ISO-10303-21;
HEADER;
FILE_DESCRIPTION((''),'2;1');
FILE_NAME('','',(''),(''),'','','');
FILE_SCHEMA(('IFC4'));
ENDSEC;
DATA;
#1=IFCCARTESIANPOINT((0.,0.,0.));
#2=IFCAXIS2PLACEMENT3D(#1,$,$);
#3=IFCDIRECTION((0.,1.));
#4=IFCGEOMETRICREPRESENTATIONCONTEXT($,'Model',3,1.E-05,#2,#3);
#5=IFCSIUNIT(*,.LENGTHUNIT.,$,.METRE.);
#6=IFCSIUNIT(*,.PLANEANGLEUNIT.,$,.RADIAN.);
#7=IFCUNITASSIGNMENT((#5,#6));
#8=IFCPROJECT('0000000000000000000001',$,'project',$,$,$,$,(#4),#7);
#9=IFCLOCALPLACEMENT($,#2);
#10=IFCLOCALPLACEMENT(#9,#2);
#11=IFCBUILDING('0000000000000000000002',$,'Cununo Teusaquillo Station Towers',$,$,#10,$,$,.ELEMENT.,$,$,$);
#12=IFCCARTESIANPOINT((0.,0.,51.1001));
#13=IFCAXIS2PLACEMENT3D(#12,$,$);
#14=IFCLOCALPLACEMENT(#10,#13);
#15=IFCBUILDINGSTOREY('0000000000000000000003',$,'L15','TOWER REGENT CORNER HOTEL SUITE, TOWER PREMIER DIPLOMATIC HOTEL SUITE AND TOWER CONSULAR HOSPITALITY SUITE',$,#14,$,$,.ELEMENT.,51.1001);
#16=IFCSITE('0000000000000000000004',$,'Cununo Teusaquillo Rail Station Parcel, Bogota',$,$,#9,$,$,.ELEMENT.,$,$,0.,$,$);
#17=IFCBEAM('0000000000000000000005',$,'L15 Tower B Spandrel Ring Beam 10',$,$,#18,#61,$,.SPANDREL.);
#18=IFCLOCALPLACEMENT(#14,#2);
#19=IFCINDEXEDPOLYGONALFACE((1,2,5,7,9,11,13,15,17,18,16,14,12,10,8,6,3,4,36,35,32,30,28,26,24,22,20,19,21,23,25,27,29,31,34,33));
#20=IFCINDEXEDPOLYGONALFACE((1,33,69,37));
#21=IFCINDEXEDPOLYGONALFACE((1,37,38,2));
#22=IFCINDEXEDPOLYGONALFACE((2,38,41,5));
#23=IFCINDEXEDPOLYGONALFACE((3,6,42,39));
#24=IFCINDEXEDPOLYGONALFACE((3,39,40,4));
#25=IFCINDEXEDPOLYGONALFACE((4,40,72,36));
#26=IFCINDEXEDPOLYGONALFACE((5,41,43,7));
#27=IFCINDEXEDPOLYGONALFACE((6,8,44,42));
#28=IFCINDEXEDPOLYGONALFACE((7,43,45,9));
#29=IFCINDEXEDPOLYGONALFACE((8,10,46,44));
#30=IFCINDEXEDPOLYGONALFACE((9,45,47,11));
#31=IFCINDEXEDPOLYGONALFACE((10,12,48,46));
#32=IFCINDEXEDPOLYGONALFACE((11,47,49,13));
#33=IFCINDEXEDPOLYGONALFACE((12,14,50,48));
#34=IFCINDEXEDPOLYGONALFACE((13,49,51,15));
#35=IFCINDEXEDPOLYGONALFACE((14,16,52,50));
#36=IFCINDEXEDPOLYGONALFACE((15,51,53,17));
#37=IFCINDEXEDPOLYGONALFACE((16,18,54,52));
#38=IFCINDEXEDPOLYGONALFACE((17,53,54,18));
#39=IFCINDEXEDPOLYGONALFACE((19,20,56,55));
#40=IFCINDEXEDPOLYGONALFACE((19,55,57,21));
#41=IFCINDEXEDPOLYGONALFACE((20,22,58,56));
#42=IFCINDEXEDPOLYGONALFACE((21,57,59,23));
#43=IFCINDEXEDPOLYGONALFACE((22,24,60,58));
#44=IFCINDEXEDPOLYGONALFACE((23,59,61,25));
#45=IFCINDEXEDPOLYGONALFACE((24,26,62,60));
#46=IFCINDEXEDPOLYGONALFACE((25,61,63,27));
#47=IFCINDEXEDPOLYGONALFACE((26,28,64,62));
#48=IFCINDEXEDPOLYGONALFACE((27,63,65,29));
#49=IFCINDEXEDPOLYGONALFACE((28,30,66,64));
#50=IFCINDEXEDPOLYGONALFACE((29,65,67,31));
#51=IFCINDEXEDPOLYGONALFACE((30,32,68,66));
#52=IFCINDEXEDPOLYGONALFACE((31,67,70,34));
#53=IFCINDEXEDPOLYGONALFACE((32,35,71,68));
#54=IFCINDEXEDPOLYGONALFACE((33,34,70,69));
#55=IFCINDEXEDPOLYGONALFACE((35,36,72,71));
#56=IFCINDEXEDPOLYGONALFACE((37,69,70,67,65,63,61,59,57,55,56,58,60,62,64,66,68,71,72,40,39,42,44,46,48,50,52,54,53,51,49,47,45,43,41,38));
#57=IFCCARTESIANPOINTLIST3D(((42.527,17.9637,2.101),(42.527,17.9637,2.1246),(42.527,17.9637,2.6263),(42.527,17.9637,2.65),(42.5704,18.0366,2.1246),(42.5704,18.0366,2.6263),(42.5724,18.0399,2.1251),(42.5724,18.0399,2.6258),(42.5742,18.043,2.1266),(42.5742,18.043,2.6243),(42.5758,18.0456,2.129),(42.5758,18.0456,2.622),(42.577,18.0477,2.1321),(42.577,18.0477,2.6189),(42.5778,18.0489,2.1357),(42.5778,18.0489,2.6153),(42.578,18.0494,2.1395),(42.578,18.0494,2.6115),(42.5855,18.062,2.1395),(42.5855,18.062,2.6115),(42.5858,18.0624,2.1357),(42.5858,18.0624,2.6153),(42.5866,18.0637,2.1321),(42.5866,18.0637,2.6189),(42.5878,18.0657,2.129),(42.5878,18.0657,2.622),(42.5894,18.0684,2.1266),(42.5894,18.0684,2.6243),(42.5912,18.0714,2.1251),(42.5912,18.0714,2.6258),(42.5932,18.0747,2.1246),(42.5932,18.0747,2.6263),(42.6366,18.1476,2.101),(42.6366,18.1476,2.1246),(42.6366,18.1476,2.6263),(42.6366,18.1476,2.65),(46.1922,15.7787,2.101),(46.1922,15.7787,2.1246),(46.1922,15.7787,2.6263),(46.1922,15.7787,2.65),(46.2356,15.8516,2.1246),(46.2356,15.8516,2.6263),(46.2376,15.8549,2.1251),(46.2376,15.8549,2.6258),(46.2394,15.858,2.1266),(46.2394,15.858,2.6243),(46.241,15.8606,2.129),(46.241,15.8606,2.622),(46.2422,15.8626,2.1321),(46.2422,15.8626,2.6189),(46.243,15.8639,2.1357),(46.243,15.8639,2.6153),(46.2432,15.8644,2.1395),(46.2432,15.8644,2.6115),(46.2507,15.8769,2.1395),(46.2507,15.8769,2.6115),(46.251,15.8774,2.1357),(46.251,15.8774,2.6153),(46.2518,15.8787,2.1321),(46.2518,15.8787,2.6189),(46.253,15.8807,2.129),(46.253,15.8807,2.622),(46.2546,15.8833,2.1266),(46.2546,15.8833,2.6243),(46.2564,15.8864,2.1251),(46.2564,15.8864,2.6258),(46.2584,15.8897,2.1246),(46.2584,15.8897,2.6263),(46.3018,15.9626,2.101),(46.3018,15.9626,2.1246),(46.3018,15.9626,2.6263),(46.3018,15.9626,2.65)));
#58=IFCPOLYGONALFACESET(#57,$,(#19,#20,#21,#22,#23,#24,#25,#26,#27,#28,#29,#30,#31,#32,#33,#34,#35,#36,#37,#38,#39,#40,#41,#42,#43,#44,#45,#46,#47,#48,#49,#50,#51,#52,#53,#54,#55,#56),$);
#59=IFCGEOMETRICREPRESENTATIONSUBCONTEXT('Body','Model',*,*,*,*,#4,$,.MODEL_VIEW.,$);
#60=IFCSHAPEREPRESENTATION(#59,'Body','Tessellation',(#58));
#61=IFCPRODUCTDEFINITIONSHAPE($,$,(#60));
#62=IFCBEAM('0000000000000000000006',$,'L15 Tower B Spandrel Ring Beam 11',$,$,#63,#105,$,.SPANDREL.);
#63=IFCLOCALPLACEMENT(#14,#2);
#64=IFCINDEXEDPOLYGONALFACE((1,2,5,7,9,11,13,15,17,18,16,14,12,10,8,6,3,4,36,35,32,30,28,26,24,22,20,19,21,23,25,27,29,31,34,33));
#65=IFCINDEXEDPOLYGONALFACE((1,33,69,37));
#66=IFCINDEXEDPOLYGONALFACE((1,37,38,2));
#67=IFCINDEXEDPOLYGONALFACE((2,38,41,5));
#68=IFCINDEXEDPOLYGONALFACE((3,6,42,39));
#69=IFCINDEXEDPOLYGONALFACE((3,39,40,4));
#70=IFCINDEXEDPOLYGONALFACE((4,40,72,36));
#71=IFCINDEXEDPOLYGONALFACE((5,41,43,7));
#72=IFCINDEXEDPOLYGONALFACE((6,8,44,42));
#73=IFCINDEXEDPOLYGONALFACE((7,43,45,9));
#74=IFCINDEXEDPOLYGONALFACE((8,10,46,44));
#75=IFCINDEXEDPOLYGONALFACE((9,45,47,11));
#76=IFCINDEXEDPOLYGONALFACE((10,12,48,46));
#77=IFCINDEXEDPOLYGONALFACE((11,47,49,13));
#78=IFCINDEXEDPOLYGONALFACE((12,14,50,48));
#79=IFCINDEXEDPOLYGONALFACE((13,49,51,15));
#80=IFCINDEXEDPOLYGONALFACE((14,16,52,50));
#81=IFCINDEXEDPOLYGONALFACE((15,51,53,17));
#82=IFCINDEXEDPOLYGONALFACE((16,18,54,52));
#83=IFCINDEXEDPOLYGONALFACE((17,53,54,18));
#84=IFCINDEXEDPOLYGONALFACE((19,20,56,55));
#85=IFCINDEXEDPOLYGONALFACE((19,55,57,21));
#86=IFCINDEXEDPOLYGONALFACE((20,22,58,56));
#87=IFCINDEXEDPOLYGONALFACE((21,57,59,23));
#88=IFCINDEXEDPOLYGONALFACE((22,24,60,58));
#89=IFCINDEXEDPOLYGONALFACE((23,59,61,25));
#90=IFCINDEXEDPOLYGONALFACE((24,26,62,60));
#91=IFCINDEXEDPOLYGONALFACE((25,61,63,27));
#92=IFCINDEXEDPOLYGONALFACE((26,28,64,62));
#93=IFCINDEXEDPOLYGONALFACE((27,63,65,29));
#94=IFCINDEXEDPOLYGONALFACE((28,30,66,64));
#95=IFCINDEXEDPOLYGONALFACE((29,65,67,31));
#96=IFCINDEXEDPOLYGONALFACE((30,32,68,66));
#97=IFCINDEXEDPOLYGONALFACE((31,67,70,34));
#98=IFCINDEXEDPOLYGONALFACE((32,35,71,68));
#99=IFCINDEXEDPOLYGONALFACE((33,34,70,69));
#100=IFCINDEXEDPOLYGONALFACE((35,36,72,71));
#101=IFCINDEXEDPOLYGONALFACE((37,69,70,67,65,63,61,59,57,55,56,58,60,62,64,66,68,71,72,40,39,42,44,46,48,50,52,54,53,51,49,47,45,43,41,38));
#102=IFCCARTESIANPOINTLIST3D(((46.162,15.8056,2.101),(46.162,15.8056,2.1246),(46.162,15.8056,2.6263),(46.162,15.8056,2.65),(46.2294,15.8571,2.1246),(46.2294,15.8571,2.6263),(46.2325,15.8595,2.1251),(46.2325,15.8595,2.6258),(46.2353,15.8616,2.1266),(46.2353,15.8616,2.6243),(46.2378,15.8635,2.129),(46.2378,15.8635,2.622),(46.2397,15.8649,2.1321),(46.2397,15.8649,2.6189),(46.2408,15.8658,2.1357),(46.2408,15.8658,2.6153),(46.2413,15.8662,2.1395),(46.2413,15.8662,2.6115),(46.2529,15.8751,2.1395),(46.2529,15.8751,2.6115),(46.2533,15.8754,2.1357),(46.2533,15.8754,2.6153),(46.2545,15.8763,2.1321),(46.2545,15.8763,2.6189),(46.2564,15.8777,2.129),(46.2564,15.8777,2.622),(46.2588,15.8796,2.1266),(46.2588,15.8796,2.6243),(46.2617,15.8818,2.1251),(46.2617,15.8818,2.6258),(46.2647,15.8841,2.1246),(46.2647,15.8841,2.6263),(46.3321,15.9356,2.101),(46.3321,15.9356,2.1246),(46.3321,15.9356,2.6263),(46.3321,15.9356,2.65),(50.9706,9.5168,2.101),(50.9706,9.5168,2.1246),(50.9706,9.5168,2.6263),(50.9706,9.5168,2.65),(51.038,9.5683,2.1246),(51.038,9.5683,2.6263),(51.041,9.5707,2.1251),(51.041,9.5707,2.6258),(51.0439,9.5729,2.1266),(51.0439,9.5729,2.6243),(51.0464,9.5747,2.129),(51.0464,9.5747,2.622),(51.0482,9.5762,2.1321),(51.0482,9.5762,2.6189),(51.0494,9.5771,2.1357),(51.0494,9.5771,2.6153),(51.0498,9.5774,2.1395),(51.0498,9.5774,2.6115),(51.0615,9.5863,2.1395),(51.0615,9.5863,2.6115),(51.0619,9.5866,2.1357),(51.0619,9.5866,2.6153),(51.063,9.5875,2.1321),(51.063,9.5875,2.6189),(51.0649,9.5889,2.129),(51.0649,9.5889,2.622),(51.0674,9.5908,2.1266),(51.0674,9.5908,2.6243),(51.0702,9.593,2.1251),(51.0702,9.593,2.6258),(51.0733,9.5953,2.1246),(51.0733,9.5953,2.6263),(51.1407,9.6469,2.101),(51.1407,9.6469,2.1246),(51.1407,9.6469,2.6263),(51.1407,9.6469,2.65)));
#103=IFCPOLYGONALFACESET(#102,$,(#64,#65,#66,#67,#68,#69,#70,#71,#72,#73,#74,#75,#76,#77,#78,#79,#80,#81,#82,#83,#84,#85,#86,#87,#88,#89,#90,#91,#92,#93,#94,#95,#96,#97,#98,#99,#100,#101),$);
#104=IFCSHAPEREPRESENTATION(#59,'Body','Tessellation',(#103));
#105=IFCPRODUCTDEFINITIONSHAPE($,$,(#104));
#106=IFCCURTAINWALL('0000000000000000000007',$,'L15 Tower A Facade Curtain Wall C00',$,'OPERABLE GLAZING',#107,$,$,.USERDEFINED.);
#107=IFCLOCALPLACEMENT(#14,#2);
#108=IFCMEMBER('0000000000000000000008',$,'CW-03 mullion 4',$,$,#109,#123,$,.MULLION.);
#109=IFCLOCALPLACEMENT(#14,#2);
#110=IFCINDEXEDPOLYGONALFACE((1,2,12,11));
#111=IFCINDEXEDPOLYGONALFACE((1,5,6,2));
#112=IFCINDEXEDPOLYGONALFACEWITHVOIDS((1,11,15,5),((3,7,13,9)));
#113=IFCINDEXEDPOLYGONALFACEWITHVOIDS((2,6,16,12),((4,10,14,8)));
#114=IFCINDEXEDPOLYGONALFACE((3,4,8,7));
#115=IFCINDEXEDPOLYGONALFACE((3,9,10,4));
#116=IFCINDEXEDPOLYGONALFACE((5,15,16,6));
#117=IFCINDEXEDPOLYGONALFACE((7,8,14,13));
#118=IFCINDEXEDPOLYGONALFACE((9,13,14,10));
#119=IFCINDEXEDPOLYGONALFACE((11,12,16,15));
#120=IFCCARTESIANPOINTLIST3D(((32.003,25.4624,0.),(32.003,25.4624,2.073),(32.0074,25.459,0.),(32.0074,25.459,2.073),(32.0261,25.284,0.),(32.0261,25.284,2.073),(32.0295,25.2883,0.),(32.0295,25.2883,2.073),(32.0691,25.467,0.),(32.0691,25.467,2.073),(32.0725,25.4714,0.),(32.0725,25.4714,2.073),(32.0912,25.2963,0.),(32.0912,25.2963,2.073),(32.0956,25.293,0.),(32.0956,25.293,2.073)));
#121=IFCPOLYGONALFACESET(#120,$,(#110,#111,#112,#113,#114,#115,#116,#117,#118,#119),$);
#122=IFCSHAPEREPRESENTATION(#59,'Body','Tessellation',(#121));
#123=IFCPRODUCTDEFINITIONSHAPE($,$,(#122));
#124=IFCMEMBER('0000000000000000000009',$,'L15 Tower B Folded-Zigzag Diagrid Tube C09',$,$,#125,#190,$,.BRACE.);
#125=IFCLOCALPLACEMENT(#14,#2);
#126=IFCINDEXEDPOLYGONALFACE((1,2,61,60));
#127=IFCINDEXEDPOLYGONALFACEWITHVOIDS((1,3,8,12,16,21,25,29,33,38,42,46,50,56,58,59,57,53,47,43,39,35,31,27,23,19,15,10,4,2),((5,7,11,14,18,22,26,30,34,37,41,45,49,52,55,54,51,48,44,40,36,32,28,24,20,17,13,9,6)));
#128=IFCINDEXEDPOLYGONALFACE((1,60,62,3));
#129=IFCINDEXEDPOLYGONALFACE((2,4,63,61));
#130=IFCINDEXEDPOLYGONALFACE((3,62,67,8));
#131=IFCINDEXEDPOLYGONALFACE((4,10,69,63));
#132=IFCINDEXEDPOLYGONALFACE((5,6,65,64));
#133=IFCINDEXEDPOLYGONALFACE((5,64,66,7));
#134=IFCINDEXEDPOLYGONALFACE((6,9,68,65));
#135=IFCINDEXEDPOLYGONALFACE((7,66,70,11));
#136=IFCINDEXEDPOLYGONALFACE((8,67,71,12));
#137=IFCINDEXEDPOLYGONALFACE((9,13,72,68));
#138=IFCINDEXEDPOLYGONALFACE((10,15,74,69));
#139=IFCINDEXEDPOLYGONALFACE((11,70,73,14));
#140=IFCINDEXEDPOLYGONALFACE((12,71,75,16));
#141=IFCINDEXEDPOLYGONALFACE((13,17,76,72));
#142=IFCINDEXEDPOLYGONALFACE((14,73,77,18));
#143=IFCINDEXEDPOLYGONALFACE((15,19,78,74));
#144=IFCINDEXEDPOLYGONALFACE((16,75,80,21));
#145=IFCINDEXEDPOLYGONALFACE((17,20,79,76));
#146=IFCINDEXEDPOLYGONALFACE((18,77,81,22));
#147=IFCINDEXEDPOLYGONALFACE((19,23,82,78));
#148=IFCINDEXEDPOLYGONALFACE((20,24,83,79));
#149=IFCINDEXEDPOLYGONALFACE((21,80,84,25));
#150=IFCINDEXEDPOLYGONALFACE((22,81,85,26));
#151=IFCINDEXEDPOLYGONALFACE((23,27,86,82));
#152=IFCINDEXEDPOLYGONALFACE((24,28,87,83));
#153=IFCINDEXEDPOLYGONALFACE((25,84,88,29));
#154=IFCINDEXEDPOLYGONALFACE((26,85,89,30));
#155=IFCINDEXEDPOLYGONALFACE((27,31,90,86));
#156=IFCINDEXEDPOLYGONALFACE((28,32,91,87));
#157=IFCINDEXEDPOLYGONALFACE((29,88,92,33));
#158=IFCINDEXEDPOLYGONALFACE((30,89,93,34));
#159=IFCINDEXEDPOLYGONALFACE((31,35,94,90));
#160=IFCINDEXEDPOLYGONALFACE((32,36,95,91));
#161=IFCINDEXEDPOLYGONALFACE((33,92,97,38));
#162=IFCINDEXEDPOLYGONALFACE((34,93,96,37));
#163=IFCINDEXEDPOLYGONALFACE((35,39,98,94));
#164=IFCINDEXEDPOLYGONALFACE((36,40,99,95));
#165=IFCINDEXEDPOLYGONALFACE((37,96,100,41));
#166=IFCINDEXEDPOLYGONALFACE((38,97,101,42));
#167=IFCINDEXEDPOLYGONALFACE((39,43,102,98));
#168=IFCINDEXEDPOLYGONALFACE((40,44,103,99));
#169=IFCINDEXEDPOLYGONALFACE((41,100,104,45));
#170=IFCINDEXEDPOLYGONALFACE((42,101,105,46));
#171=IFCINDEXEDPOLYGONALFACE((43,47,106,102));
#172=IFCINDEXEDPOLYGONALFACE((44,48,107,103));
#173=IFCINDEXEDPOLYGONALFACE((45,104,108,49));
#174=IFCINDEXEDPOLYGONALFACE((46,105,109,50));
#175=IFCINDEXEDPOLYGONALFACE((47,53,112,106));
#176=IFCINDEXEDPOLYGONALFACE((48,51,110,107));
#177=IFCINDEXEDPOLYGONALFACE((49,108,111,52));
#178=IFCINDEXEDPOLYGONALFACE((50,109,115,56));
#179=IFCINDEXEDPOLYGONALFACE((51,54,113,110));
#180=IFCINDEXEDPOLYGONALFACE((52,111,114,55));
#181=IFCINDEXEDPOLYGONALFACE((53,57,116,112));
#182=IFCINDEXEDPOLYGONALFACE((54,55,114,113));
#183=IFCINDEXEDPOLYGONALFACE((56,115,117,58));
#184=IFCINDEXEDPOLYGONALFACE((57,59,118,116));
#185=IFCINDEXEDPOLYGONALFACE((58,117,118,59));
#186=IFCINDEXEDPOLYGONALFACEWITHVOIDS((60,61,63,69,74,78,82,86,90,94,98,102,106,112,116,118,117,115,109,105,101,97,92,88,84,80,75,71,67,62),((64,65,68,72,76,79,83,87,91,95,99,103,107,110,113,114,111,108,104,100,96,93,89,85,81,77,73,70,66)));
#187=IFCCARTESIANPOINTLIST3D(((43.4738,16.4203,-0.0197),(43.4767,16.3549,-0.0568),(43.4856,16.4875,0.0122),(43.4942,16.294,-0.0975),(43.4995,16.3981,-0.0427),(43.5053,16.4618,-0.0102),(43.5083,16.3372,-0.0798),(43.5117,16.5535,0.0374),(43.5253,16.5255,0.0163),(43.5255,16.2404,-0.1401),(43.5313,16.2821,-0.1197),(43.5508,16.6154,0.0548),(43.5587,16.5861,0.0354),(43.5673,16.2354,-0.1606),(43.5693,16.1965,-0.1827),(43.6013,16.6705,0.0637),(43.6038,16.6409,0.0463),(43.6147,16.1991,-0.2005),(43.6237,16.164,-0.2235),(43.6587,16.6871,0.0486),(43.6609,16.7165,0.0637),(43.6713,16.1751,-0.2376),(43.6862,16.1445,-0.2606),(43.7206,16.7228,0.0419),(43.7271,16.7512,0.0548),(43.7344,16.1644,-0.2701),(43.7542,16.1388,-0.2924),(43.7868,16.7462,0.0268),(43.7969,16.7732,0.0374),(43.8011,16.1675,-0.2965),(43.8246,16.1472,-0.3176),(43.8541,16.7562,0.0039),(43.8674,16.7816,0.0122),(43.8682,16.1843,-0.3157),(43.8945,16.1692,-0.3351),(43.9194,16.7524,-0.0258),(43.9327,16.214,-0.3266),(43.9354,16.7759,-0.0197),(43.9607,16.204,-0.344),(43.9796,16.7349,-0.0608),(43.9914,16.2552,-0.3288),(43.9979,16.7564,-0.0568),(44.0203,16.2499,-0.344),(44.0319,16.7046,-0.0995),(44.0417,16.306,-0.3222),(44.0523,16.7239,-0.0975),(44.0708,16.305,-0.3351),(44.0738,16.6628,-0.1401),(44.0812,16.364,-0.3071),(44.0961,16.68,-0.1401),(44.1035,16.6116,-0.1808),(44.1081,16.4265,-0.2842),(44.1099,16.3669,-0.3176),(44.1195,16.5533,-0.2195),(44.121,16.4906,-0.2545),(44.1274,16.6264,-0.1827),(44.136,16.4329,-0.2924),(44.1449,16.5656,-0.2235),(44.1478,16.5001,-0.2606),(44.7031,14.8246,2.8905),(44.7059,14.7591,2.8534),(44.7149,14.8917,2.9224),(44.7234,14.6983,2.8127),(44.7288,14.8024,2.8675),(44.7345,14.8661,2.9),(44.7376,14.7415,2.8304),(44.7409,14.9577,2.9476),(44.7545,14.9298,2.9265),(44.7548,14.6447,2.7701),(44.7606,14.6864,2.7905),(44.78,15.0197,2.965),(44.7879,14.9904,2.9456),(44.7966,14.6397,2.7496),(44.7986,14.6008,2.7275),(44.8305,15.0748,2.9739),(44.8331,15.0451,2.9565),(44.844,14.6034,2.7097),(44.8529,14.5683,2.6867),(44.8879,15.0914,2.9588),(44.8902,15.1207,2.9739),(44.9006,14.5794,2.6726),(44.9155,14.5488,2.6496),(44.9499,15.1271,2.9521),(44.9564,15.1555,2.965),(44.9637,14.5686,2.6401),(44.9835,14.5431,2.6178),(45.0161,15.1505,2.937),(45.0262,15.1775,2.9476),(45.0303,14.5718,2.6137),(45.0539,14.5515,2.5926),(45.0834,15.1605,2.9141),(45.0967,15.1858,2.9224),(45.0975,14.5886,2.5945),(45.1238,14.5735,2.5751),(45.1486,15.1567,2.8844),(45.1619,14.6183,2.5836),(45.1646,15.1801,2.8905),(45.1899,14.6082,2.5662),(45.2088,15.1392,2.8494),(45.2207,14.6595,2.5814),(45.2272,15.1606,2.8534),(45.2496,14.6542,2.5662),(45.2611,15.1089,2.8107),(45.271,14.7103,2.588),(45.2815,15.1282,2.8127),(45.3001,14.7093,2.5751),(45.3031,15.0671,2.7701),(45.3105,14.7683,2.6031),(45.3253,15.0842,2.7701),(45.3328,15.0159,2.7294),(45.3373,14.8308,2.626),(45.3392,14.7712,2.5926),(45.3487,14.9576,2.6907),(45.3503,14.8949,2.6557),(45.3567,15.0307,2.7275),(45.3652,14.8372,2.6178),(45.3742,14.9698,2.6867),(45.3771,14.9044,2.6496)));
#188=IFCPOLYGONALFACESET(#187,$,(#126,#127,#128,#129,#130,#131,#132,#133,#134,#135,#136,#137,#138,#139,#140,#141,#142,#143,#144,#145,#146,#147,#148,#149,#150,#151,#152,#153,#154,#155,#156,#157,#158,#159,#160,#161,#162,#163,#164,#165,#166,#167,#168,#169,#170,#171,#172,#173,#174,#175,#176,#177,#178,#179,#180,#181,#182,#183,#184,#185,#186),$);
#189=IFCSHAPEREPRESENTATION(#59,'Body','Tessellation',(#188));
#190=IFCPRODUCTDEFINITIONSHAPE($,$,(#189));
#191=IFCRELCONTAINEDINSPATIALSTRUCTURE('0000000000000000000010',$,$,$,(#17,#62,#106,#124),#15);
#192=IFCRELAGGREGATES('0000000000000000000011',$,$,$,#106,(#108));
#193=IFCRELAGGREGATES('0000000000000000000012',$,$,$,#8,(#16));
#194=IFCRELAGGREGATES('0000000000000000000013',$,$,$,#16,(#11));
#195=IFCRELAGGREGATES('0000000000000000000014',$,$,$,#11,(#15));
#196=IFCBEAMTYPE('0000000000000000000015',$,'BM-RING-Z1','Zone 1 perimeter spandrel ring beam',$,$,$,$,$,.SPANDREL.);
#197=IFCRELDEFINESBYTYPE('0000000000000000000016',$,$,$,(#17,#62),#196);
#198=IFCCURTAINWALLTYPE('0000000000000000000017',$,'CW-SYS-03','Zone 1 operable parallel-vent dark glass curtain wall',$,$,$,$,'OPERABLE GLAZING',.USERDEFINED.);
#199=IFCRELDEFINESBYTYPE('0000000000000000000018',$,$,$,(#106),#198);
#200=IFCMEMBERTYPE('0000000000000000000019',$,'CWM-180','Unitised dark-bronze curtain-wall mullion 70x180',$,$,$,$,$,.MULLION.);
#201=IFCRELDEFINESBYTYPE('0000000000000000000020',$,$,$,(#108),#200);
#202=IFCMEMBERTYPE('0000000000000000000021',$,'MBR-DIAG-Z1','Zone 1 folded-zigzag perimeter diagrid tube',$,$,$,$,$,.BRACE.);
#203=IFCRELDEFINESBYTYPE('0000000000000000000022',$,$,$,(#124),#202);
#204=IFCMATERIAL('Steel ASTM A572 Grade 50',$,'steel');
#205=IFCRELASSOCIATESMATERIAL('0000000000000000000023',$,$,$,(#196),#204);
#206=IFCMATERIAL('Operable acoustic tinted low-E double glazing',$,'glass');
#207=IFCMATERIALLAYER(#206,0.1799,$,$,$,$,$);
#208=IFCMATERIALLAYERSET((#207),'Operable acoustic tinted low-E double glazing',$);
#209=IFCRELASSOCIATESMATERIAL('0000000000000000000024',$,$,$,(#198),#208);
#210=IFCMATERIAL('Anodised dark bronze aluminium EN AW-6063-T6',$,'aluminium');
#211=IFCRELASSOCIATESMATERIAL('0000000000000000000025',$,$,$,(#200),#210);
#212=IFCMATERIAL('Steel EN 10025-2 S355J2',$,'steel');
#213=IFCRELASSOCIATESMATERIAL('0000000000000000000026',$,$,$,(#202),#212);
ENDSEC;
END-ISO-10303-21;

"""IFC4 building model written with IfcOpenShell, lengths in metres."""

from ifc_helpers import new_model, si_unit, direction, frame, origin, origin_2d, place, context, subcontext, project, spatial, hollow_rectangle, hollow_circle, i_section, extrude, material, layer, layer_set, material_profile, profile_set, type_object, element, aggregate, save


model = new_model("IFC4")

# Units and contexts
model_context = context("Model", 3, precision=1e-05, world=origin(), true_north=direction((0.0, 1.0)))
body_context = subcontext(model_context, "Body", "Model", "MODEL_VIEW")
ifc_project = project(units=[si_unit("LENGTHUNIT", "METRE"), si_unit("PLANEANGLEUNIT", "RADIAN")], contexts=[model_context])

# Site, building, storey
site_placement = place(None, origin())
site = spatial("IfcSite", under=ifc_project, at=site_placement, Name="Cununo Teusaquillo Rail Station Parcel, Bogota", CompositionType="ELEMENT", RefElevation=0.0)
building_placement = place(site_placement, origin())
building = spatial("IfcBuilding", under=site, at=building_placement, Name="Cununo Teusaquillo Station Towers", CompositionType="ELEMENT")
storey_placement = place(building_placement, frame((0.0, 0.0, 51.1001)))
storey = spatial("IfcBuildingStorey", under=building, at=storey_placement, Name="L15", Description="TOWER REGENT CORNER HOTEL SUITE, TOWER PREMIER DIPLOMATIC HOTEL SUITE AND TOWER CONSULAR HOSPITALITY SUITE", CompositionType="ELEMENT", Elevation=51.1001)

# Beams
ifc_material_1 = material(Name="Steel ASTM A572 Grade 50", Category="steel")
ifc_material_profile_1 = material_profile(ifc_material_1, i_section(OverallWidth=0.2141, OverallDepth=0.5491, WebThickness=0.0146, FlangeThickness=0.0237, FilletRadius=0.0149, at=origin_2d()), Name="W21X93")
ifc_profile_set_1 = profile_set([ifc_material_profile_1], Name="Steel ASTM A572 Grade 50")
beam_type = type_object("IfcBeamType", Name="BM-RING-Z1", Description="Zone 1 perimeter spandrel ring beam", PredefinedType="SPANDREL", material=ifc_profile_set_1)
beam_1_placement = place(storey_placement, frame((42.5818, 18.0557, 2.3755), z_axis=(0.858948, -0.512062, 0.0), x_axis=(0.512062, 0.858948, 0.0)))
element("IfcBeam", 1, at=beam_1_placement, inside=storey, type_object=beam_type, Name="L15 Tower B Spandrel Ring Beam 10", PredefinedType="SPANDREL", context=body_context, shape_type="SweptSolid", body=[
    extrude(i_section(OverallWidth=0.2141, OverallDepth=0.5491, WebThickness=0.0146, FlangeThickness=0.0237, FilletRadius=0.0149, at=origin_2d()), origin(), (0.0, 0.0, 1.0), 4.2671),
])
beam_2_placement = place(storey_placement, frame((46.2471, 15.8706, 2.3755), z_axis=(0.60741, -0.794388, 0.0), x_axis=(0.794388, 0.60741, 0.0)))
element("IfcBeam", 2, at=beam_2_placement, inside=storey, type_object=beam_type, Name="L15 Tower B Spandrel Ring Beam 11", PredefinedType="SPANDREL", context=body_context, shape_type="SweptSolid", body=[
    extrude(i_section(OverallWidth=0.2141, OverallDepth=0.5491, WebThickness=0.0146, FlangeThickness=0.0237, FilletRadius=0.0149, at=origin_2d()), origin(), (0.0, 0.0, 1.0), 7.9165),
])

# Curtain wall, member
ifc_material_2 = material(Name="Operable acoustic tinted low-E double glazing", Category="glass")
ifc_layer_1 = layer(ifc_material_2, 0.1799)
ifc_layer_set_1 = layer_set([ifc_layer_1], Name="Operable acoustic tinted low-E double glazing")
curtain_wall_type = type_object("IfcCurtainWallType", Name="CW-SYS-03", Description="Zone 1 operable parallel-vent dark glass curtain wall", ElementType="OPERABLE GLAZING", PredefinedType="USERDEFINED", material=ifc_layer_set_1)
curtain_wall_placement = place(storey_placement, origin())
curtain_wall = element("IfcCurtainWall", 3, at=curtain_wall_placement, inside=storey, type_object=curtain_wall_type, Name="L15 Tower A Facade Curtain Wall C00", ObjectType="OPERABLE GLAZING", PredefinedType="USERDEFINED")
ifc_material_3 = material(Name="Anodised dark bronze aluminium EN AW-6063-T6", Category="aluminium")
ifc_material_profile_2 = material_profile(ifc_material_3, hollow_rectangle(XDim=0.0701, YDim=0.1799, WallThickness=0.0039, at=origin_2d()), Name="CW-MULL-70x180")
ifc_profile_set_2 = profile_set([ifc_material_profile_2], Name="Anodised dark bronze aluminium EN AW-6063-T6")
member_type_1 = type_object("IfcMemberType", Name="CWM-180", Description="Unitised dark-bronze curtain-wall mullion 70x180", PredefinedType="MULLION", material=ifc_profile_set_2)
member_1_placement = place(storey_placement, frame((32.0493, 25.3777, 0.0), z_axis=(0.0, 0.0, 1.0), x_axis=(0.991731, 0.128336, 0.0)))
member_1 = element("IfcMember", 4, at=member_1_placement, type_object=member_type_1, Name="CW-03 mullion 4", PredefinedType="MULLION", context=body_context, shape_type="SweptSolid", body=[
    extrude(hollow_rectangle(XDim=0.0701, YDim=0.1799, WallThickness=0.0039, at=origin_2d()), origin(), (0.0, 0.0, 1.0), 2.073),
])
aggregate(curtain_wall, [member_1])

# Member
ifc_material_4 = material(Name="Steel EN 10025-2 S355J2", Category="steel")
ifc_material_profile_3 = material_profile(ifc_material_4, hollow_circle(Radius=0.3601, WallThickness=0.0281, at=origin_2d()), Name="CHS 720x28")
ifc_profile_set_3 = profile_set([ifc_material_profile_3], Name="Steel EN 10025-2 S355J2")
member_type_2 = type_object("IfcMemberType", Name="MBR-DIAG-Z1", Description="Zone 1 folded-zigzag perimeter diagrid tube", PredefinedType="BRACE", material=ifc_profile_set_3)
member_2_placement = place(storey_placement, frame((43.8108, 16.4602, -0.1401), z_axis=(0.347318, -0.450858, 0.822251), x_axis=(0.792196, 0.610267, 0.0)))
element("IfcMember", 5, at=member_2_placement, inside=storey, type_object=member_type_2, Name="L15 Tower B Folded-Zigzag Diagrid Tube C09", PredefinedType="BRACE", context=body_context, shape_type="SweptSolid", body=[
    extrude(hollow_circle(Radius=0.3601, WallThickness=0.0281, at=origin_2d()), origin(), (0.0, 0.0, 1.0), 3.5393),
])

save(model, "model.ifc")
